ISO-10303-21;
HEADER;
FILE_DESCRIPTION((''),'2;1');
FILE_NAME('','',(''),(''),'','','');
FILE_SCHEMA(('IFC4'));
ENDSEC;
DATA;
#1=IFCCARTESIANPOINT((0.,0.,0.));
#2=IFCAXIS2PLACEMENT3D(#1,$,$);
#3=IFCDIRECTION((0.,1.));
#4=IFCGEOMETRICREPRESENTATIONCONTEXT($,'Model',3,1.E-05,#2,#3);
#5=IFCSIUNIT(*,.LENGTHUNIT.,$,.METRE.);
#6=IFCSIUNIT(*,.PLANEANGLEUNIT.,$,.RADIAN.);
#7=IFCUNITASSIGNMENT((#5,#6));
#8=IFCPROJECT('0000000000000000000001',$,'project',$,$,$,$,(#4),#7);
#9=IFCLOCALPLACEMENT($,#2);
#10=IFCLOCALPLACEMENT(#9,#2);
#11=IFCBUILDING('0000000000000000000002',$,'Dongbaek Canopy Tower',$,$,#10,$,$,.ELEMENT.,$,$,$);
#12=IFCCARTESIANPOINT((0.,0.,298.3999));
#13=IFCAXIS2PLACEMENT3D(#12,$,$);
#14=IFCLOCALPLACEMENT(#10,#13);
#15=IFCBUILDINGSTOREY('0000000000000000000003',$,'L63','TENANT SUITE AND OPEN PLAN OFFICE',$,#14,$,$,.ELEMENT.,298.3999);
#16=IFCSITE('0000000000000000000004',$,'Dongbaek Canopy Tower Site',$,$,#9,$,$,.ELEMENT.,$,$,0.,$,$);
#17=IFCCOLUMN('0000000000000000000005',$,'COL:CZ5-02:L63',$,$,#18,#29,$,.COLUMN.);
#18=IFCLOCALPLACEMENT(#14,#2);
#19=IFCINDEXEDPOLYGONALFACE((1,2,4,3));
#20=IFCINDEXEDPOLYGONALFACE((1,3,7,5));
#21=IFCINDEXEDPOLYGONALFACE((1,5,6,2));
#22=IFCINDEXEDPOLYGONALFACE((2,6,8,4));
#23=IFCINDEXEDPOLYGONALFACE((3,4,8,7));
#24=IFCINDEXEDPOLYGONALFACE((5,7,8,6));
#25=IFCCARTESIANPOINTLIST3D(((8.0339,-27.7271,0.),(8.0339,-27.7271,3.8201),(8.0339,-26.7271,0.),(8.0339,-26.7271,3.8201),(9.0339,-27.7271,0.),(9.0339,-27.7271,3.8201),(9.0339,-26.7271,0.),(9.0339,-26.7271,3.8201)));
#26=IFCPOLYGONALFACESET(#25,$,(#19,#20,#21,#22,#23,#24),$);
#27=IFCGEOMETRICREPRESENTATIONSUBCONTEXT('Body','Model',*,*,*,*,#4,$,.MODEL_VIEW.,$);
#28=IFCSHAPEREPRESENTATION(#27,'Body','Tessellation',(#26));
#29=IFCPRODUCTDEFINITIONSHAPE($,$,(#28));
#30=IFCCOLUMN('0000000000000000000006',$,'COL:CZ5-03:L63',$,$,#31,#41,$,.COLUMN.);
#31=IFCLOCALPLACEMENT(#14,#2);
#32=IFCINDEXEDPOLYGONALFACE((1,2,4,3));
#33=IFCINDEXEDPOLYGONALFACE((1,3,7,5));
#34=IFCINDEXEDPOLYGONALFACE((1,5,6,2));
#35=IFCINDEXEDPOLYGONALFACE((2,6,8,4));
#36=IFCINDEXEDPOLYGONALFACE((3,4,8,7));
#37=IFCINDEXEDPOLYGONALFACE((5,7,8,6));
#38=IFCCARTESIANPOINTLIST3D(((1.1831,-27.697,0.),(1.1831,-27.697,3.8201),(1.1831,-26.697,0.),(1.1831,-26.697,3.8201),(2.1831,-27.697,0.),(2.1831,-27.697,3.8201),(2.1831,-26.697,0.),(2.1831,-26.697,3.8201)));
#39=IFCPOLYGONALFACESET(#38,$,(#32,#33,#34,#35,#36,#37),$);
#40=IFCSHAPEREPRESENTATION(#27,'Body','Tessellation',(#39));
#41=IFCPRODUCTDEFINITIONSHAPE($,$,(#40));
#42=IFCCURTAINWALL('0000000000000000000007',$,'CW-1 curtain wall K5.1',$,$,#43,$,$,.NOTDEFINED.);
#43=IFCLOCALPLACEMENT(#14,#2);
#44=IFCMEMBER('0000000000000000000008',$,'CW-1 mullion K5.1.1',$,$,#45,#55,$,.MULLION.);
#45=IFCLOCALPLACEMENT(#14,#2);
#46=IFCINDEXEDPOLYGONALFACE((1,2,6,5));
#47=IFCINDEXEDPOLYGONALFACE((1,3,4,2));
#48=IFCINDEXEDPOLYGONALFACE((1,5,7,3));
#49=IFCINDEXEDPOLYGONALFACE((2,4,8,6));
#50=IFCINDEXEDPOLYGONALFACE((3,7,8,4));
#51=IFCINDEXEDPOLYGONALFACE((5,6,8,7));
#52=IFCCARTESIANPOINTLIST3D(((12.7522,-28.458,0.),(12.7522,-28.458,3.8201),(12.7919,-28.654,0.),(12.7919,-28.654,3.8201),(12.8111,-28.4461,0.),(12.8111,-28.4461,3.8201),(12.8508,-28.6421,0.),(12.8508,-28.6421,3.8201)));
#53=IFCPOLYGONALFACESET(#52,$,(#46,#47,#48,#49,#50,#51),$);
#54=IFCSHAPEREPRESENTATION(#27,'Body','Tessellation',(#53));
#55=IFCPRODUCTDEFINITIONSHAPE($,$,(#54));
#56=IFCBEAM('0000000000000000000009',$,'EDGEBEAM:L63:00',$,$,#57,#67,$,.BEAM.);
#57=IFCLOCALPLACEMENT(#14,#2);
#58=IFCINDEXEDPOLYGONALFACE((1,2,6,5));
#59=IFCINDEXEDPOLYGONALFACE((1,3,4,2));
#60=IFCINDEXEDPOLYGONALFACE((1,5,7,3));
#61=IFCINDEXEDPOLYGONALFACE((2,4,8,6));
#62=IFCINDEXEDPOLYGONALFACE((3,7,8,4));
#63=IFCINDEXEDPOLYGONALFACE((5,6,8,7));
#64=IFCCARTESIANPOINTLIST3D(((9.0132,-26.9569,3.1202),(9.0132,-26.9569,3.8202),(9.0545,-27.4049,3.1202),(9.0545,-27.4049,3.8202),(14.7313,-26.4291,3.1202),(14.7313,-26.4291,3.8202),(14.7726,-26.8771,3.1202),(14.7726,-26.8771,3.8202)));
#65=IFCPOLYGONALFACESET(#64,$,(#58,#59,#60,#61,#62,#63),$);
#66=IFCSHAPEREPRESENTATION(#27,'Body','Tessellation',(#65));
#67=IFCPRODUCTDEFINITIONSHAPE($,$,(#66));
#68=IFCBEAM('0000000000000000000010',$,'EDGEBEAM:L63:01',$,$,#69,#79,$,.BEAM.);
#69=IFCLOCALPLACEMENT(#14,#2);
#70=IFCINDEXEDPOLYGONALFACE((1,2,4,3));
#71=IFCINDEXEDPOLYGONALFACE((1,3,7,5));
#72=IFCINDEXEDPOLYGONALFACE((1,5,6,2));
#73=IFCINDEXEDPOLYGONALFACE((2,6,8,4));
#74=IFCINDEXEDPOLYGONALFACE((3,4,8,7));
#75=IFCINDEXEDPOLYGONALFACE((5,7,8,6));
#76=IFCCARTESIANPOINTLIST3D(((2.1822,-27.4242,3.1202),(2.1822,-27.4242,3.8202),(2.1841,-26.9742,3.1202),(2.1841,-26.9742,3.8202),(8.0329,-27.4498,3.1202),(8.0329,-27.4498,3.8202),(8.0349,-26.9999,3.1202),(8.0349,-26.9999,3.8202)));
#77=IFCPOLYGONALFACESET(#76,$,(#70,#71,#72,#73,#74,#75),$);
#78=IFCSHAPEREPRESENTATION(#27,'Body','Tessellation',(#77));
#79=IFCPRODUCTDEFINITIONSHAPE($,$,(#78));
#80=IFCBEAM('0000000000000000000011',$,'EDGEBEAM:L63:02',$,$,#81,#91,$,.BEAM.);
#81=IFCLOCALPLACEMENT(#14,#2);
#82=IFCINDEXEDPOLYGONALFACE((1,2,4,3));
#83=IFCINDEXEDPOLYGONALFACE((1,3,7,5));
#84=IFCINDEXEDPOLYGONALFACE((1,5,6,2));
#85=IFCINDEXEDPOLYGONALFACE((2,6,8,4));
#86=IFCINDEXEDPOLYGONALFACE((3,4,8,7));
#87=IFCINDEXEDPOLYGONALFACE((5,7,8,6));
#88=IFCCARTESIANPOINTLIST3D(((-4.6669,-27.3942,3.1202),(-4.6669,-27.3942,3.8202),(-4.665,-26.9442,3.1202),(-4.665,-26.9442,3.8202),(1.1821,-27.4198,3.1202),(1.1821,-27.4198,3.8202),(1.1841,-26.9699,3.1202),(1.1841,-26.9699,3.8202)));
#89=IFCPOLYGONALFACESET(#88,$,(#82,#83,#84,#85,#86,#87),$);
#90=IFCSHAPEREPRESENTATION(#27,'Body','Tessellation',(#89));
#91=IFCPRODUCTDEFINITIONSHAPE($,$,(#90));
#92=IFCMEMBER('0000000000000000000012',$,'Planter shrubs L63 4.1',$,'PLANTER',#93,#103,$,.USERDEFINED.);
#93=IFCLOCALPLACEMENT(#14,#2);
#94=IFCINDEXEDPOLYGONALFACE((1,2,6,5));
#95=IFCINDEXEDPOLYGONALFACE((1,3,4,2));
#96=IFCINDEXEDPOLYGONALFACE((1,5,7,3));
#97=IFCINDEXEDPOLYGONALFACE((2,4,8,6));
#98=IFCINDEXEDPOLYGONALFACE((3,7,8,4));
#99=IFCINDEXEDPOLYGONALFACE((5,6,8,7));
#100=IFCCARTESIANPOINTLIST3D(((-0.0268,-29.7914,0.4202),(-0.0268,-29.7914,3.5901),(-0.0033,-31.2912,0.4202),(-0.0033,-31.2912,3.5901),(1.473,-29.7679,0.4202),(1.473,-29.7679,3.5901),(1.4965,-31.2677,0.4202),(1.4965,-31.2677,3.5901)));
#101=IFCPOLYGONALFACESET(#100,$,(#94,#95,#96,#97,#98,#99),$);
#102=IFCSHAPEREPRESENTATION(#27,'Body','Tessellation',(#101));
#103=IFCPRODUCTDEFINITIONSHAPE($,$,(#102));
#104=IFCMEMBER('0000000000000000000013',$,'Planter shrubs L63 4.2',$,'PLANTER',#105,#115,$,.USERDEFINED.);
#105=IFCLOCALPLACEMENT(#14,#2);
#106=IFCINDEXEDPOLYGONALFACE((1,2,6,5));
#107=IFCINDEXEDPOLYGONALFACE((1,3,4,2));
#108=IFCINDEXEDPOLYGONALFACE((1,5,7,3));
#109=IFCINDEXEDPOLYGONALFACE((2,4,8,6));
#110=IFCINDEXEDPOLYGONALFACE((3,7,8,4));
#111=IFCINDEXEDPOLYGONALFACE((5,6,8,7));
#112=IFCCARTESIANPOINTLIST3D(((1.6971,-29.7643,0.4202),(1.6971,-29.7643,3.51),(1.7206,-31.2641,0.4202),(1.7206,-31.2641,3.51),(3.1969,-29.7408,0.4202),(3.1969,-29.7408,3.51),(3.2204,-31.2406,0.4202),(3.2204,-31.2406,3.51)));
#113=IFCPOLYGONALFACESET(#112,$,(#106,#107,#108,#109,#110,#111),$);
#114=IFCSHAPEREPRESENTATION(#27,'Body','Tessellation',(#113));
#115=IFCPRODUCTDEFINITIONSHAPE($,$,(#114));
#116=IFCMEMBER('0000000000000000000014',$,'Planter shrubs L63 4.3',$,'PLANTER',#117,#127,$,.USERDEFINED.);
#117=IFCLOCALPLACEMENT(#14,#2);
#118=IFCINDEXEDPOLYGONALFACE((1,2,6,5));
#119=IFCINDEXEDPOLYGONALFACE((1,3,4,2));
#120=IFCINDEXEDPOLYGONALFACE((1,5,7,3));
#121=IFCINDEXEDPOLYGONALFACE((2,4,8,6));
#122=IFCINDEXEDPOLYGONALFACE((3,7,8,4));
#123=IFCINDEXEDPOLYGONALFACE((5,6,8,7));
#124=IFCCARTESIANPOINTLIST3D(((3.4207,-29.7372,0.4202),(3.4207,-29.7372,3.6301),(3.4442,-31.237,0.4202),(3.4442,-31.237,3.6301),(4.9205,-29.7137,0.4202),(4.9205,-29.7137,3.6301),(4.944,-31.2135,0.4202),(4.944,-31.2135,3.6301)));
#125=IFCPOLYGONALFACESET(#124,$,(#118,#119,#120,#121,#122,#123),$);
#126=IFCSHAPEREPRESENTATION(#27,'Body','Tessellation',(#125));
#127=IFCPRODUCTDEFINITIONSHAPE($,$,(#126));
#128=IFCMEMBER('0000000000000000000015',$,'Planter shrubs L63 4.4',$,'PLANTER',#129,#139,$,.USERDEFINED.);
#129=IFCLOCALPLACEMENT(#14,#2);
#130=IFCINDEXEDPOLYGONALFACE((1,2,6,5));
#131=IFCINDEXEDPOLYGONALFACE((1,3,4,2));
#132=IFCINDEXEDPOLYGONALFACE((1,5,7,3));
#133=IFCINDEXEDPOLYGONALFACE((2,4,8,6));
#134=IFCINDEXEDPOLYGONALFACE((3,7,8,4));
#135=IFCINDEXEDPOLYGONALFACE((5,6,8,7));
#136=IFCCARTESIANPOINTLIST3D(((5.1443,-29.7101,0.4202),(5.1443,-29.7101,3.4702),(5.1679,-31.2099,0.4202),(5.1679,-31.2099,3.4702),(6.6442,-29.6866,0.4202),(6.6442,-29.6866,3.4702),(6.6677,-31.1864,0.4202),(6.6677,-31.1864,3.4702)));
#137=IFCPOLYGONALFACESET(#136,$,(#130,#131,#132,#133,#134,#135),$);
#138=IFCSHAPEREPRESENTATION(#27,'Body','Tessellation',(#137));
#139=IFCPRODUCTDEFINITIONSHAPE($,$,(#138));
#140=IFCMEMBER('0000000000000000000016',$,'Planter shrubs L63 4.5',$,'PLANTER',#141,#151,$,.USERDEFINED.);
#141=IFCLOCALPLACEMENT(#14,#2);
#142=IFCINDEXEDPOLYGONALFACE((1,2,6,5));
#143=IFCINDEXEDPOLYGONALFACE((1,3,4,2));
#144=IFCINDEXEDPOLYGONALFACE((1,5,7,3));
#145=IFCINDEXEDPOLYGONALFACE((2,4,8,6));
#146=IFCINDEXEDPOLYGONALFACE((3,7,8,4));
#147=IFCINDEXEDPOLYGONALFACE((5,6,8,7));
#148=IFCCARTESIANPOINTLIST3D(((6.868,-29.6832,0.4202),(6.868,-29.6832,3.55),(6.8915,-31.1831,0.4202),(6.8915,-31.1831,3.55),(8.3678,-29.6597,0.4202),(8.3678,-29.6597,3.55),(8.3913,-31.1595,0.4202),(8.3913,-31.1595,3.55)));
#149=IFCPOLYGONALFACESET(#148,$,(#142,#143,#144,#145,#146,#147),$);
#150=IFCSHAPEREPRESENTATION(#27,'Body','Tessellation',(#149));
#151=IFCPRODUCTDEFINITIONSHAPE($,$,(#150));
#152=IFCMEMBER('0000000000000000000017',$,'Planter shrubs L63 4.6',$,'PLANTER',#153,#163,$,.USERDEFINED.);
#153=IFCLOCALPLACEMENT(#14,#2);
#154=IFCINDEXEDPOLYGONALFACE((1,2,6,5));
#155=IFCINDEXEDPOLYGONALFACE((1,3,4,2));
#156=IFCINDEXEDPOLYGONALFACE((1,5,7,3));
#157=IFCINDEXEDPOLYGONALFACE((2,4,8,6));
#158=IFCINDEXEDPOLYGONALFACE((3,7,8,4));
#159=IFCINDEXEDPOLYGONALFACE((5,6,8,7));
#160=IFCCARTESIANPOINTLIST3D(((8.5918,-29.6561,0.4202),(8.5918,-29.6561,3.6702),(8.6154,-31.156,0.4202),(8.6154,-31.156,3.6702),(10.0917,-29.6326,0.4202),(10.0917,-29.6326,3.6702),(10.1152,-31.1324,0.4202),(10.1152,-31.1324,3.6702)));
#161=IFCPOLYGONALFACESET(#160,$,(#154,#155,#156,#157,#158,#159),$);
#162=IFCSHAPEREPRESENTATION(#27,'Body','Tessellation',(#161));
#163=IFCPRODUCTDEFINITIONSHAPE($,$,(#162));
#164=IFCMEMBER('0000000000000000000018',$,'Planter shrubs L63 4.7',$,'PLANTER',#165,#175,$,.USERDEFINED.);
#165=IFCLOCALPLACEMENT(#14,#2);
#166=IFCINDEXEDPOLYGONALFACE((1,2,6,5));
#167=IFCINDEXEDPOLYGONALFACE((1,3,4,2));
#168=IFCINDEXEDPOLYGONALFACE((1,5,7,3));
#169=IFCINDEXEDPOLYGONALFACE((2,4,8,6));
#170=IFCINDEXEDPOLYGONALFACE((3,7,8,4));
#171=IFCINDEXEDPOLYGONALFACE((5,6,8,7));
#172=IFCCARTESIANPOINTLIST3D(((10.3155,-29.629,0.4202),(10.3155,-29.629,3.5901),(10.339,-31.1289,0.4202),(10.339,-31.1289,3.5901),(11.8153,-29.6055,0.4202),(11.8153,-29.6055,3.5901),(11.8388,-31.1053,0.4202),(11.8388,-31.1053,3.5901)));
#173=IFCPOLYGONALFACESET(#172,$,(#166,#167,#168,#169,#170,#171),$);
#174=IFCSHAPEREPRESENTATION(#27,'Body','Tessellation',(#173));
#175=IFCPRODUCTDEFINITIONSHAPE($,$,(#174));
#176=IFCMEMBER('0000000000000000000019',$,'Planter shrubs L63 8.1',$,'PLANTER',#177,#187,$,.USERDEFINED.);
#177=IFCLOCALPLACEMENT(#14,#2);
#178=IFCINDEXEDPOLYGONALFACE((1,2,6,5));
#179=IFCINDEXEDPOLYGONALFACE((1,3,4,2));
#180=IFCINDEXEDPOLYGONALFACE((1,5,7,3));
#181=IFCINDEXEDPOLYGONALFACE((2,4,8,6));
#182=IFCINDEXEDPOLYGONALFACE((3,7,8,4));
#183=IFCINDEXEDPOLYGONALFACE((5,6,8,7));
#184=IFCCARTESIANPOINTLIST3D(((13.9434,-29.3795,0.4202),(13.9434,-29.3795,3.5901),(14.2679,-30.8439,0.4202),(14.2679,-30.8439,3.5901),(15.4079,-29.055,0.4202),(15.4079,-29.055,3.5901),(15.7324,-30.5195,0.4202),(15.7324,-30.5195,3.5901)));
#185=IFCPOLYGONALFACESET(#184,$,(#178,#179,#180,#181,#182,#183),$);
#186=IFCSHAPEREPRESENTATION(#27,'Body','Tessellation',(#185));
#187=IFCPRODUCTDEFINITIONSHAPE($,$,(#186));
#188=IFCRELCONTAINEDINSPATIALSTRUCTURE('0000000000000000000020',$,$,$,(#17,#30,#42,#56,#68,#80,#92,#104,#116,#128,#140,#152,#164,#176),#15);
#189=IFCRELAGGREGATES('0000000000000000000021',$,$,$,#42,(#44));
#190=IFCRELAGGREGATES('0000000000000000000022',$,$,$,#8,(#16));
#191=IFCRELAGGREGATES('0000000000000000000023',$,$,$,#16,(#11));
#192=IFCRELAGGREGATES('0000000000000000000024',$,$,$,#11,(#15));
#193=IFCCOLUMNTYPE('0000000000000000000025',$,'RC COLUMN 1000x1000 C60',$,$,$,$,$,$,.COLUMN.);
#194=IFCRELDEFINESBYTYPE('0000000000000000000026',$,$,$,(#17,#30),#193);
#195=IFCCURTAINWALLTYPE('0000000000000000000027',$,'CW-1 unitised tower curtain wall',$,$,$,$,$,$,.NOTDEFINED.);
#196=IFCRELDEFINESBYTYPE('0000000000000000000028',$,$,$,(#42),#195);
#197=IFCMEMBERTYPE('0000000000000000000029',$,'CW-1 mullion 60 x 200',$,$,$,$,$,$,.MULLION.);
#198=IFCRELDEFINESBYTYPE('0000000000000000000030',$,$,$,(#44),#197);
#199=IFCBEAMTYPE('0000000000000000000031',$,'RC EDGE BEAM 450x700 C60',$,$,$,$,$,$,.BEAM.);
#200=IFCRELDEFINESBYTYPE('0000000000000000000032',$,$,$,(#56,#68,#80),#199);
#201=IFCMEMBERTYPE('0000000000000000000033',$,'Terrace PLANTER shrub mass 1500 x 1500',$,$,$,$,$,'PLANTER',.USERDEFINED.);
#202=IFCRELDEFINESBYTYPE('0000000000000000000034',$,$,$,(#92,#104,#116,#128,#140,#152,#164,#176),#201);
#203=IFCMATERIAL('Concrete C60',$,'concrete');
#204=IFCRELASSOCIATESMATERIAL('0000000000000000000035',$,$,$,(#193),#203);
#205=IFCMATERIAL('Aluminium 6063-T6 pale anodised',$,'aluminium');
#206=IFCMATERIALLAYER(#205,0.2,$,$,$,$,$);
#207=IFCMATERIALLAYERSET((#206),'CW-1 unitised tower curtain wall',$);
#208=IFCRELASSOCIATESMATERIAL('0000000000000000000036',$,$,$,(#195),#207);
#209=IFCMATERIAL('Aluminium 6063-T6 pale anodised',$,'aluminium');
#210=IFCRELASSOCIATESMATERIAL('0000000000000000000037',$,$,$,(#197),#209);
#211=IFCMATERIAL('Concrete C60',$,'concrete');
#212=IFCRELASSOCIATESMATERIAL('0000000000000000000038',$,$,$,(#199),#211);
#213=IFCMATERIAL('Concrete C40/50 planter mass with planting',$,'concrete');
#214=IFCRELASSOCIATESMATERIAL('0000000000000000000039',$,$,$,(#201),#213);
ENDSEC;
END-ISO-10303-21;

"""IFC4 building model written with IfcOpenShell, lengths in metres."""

from ifc_helpers import new_model, si_unit, direction, frame, origin, origin_2d, place, context, subcontext, project, spatial, rectangle, extrude, material, layer, layer_set, material_profile, profile_set, type_object, element, aggregate, save


model = new_model("IFC4")

# Units and contexts
model_context = context("Model", 3, precision=1e-05, world=origin(), true_north=direction((0.0, 1.0)))
body_context = subcontext(model_context, "Body", "Model", "MODEL_VIEW")
ifc_project = project(units=[si_unit("LENGTHUNIT", "METRE"), si_unit("PLANEANGLEUNIT", "RADIAN")], contexts=[model_context])

# Site, building, storey
site_placement = place(None, origin())
site = spatial("IfcSite", under=ifc_project, at=site_placement, Name="Dongbaek Canopy Tower Site", CompositionType="ELEMENT", RefElevation=0.0)
building_placement = place(site_placement, origin())
building = spatial("IfcBuilding", under=site, at=building_placement, Name="Dongbaek Canopy Tower", CompositionType="ELEMENT")
storey_placement = place(building_placement, frame((0.0, 0.0, 298.3999)))
storey = spatial("IfcBuildingStorey", under=building, at=storey_placement, Name="L63", Description="TENANT SUITE AND OPEN PLAN OFFICE", CompositionType="ELEMENT", Elevation=298.3999)

# Columns
ifc_material_1 = material(Name="Concrete C60", Category="concrete")
ifc_material_profile_1 = material_profile(ifc_material_1, rectangle(XDim=1.0, YDim=1.0, at=origin_2d()), Name="RC COLUMN 1000x1000 C60")
ifc_profile_set_1 = profile_set([ifc_material_profile_1], Name="Concrete C60")
column_type = type_object("IfcColumnType", Name="RC COLUMN 1000x1000 C60", PredefinedType="COLUMN", material=ifc_profile_set_1)
for number, where, z_axis, x_axis, name in (
    (1, (8.5339, -27.2271, 0.0), (0.0, 0.0, 1.0), (1.0, 0.0, 0.0), "COL:CZ5-02:L63"),
    (2, (1.6831, -27.197, 0.0), (0.0, 0.0, 1.0), (1.0, 0.0, 0.0), "COL:CZ5-03:L63"),
):
    element("IfcColumn", number, at=place(storey_placement, frame(where, z_axis=z_axis, x_axis=x_axis)), inside=storey, type_object=column_type, Name=name, PredefinedType="COLUMN", context=body_context, shape_type="SweptSolid", body=[
        extrude(rectangle(XDim=1.0, YDim=1.0, at=origin_2d()), origin(), (0.0, 0.0, 1.0), 3.8201),
    ])

# Curtain wall, member
ifc_material_2 = material(Name="Aluminium 6063-T6 pale anodised", Category="aluminium")
ifc_layer_1 = layer(ifc_material_2, 0.2)
ifc_layer_set_1 = layer_set([ifc_layer_1], Name="CW-1 unitised tower curtain wall")
curtain_wall_type = type_object("IfcCurtainWallType", Name="CW-1 unitised tower curtain wall", PredefinedType="NOTDEFINED", material=ifc_layer_set_1)
curtain_wall_1_placement = place(storey_placement, origin())
curtain_wall_1 = element("IfcCurtainWall", 3, at=curtain_wall_1_placement, inside=storey, type_object=curtain_wall_type, Name="CW-1 curtain wall K5.1", PredefinedType="NOTDEFINED")
ifc_material_3 = material(Name="Aluminium 6063-T6 pale anodised", Category="aluminium")
ifc_material_profile_2 = material_profile(ifc_material_3, rectangle(XDim=0.2, YDim=0.0601, at=origin_2d()), Name="CW-1 mullion 60 x 200")
ifc_profile_set_2 = profile_set([ifc_material_profile_2], Name="Aluminium 6063-T6 pale anodised")
member_type_1 = type_object("IfcMemberType", Name="CW-1 mullion 60 x 200", PredefinedType="MULLION", material=ifc_profile_set_2)
member_1_placement = place(storey_placement, frame((12.8015, -28.55, 0.0), z_axis=(0.0, 0.0, 1.0), x_axis=(0.198379, -0.980125, 0.0)))
member_1 = element("IfcMember", 4, at=member_1_placement, type_object=member_type_1, Name="CW-1 mullion K5.1.1", PredefinedType="MULLION", context=body_context, shape_type="SweptSolid", body=[
    extrude(rectangle(XDim=0.2, YDim=0.0601, at=origin_2d()), origin(), (0.0, 0.0, 1.0), 3.8201),
])

# Beams
ifc_material_4 = material(Name="Concrete C60", Category="concrete")
ifc_material_profile_3 = material_profile(ifc_material_4, rectangle(XDim=0.45, YDim=0.7, at=origin_2d()), Name="RC EDGE BEAM 450x700 C60")
ifc_profile_set_3 = profile_set([ifc_material_profile_3], Name="Concrete C60")
beam_type = type_object("IfcBeamType", Name="RC EDGE BEAM 450x700 C60", PredefinedType="BEAM", material=ifc_profile_set_3)
beam_1_placement = place(storey_placement, frame((14.752, -26.6531, 3.4702), z_axis=(-0.995766, -0.09192, 0.0), x_axis=(0.09192, -0.995766, 0.0)))
element("IfcBeam", 5, at=beam_1_placement, inside=storey, type_object=beam_type, Name="EDGEBEAM:L63:00", PredefinedType="BEAM", context=body_context, shape_type="SweptSolid", body=[
    extrude(rectangle(XDim=0.45, YDim=0.7, at=origin_2d()), origin(), (0.0, 0.0, 1.0), 5.7424),
])
beam_2_placement = place(storey_placement, frame((8.0339, -27.2249, 3.4702), z_axis=(-0.99999, 0.004381, 0.0), x_axis=(-0.004381, -0.99999, 0.0)))
element("IfcBeam", 6, at=beam_2_placement, inside=storey, type_object=beam_type, Name="EDGEBEAM:L63:01", PredefinedType="BEAM", context=body_context, shape_type="SweptSolid", body=[
    extrude(rectangle(XDim=0.45, YDim=0.7, at=origin_2d()), origin(), (0.0, 0.0, 1.0), 5.8508),
])
beam_3_placement = place(storey_placement, frame((1.1831, -27.1948, 3.4702), z_axis=(-0.99999, 0.004383, 0.0), x_axis=(-0.004383, -0.99999, 0.0)))
element("IfcBeam", 7, at=beam_3_placement, inside=storey, type_object=beam_type, Name="EDGEBEAM:L63:02", PredefinedType="BEAM", context=body_context, shape_type="SweptSolid", body=[
    extrude(rectangle(XDim=0.45, YDim=0.7, at=origin_2d()), origin(), (0.0, 0.0, 1.0), 5.8491),
])

# Members
ifc_material_5 = material(Name="Concrete C40/50 planter mass with planting", Category="concrete")
ifc_material_profile_4 = material_profile(ifc_material_5, rectangle(XDim=1.5, YDim=1.5, at=origin_2d()), Name="Terrace PLANTER shrub mass 1500 x 1500")
ifc_profile_set_4 = profile_set([ifc_material_profile_4], Name="Concrete C40/50 planter mass with planting")
member_type_2 = type_object("IfcMemberType", Name="Terrace PLANTER shrub mass 1500 x 1500", ElementType="PLANTER", PredefinedType="USERDEFINED", material=ifc_profile_set_4)
member_2_placement = place(storey_placement, frame((0.7349, -30.5295, 0.4202), z_axis=(0.0, 0.0, 1.0), x_axis=(0.015684, -0.999877, 0.0)))
element("IfcMember", 8, at=member_2_placement, inside=storey, type_object=member_type_2, Name="Planter shrubs L63 4.1", ObjectType="PLANTER", PredefinedType="USERDEFINED", context=body_context, shape_type="SweptSolid", body=[
    extrude(rectangle(XDim=1.5, YDim=1.5, at=origin_2d()), origin(), (0.0, 0.0, 1.0), 3.1699),
])
member_3_placement = place(storey_placement, frame((2.4587, -30.5024, 0.4202), z_axis=(0.0, 0.0, 1.0), x_axis=(0.015684, -0.999877, 0.0)))
element("IfcMember", 9, at=member_3_placement, inside=storey, type_object=member_type_2, Name="Planter shrubs L63 4.2", ObjectType="PLANTER", PredefinedType="USERDEFINED", context=body_context, shape_type="SweptSolid", body=[
    extrude(rectangle(XDim=1.5, YDim=1.5, at=origin_2d()), origin(), (0.0, 0.0, 1.0), 3.0898),
])
member_4_placement = place(storey_placement, frame((4.1824, -30.4753, 0.4202), z_axis=(0.0, 0.0, 1.0), x_axis=(0.015684, -0.999877, 0.0)))
element("IfcMember", 10, at=member_4_placement, inside=storey, type_object=member_type_2, Name="Planter shrubs L63 4.3", ObjectType="PLANTER", PredefinedType="USERDEFINED", context=body_context, shape_type="SweptSolid", body=[
    extrude(rectangle(XDim=1.5, YDim=1.5, at=origin_2d()), origin(), (0.0, 0.0, 1.0), 3.21),
])
member_5_placement = place(storey_placement, frame((5.906, -30.4482, 0.4202), z_axis=(0.0, 0.0, 1.0), x_axis=(0.015684, -0.999877, 0.0)))
element("IfcMember", 11, at=member_5_placement, inside=storey, type_object=member_type_2, Name="Planter shrubs L63 4.4", ObjectType="PLANTER", PredefinedType="USERDEFINED", context=body_context, shape_type="SweptSolid", body=[
    extrude(rectangle(XDim=1.5, YDim=1.5, at=origin_2d()), origin(), (0.0, 0.0, 1.0), 3.05),
])
member_6_placement = place(storey_placement, frame((7.6296, -30.4214, 0.4202), z_axis=(0.0, 0.0, 1.0), x_axis=(0.015684, -0.999877, 0.0)))
element("IfcMember", 12, at=member_6_placement, inside=storey, type_object=member_type_2, Name="Planter shrubs L63 4.5", ObjectType="PLANTER", PredefinedType="USERDEFINED", context=body_context, shape_type="SweptSolid", body=[
    extrude(rectangle(XDim=1.5, YDim=1.5, at=origin_2d()), origin(), (0.0, 0.0, 1.0), 3.1299),
])
member_7_placement = place(storey_placement, frame((9.3535, -30.3943, 0.4202), z_axis=(0.0, 0.0, 1.0), x_axis=(0.015684, -0.999877, 0.0)))
element("IfcMember", 13, at=member_7_placement, inside=storey, type_object=member_type_2, Name="Planter shrubs L63 4.6", ObjectType="PLANTER", PredefinedType="USERDEFINED", context=body_context, shape_type="SweptSolid", body=[
    extrude(rectangle(XDim=1.5, YDim=1.5, at=origin_2d()), origin(), (0.0, 0.0, 1.0), 3.25),
])
for number, where, z_axis, x_axis, name in (
    (14, (11.0771, -30.3672, 0.4202), (0.0, 0.0, 1.0), (0.015684, -0.999877, 0.0), "Planter shrubs L63 4.7"),
    (15, (14.8379, -29.9495, 0.4202), (0.0, 0.0, 1.0), (0.216327, -0.976321, 0.0), "Planter shrubs L63 8.1"),
):
    element("IfcMember", number, at=place(storey_placement, frame(where, z_axis=z_axis, x_axis=x_axis)), inside=storey, type_object=member_type_2, Name=name, ObjectType="PLANTER", PredefinedType="USERDEFINED", context=body_context, shape_type="SweptSolid", body=[
        extrude(rectangle(XDim=1.5, YDim=1.5, at=origin_2d()), origin(), (0.0, 0.0, 1.0), 3.1699),
    ])

aggregate(curtain_wall_1, [member_1])

save(model, "model.ifc")
